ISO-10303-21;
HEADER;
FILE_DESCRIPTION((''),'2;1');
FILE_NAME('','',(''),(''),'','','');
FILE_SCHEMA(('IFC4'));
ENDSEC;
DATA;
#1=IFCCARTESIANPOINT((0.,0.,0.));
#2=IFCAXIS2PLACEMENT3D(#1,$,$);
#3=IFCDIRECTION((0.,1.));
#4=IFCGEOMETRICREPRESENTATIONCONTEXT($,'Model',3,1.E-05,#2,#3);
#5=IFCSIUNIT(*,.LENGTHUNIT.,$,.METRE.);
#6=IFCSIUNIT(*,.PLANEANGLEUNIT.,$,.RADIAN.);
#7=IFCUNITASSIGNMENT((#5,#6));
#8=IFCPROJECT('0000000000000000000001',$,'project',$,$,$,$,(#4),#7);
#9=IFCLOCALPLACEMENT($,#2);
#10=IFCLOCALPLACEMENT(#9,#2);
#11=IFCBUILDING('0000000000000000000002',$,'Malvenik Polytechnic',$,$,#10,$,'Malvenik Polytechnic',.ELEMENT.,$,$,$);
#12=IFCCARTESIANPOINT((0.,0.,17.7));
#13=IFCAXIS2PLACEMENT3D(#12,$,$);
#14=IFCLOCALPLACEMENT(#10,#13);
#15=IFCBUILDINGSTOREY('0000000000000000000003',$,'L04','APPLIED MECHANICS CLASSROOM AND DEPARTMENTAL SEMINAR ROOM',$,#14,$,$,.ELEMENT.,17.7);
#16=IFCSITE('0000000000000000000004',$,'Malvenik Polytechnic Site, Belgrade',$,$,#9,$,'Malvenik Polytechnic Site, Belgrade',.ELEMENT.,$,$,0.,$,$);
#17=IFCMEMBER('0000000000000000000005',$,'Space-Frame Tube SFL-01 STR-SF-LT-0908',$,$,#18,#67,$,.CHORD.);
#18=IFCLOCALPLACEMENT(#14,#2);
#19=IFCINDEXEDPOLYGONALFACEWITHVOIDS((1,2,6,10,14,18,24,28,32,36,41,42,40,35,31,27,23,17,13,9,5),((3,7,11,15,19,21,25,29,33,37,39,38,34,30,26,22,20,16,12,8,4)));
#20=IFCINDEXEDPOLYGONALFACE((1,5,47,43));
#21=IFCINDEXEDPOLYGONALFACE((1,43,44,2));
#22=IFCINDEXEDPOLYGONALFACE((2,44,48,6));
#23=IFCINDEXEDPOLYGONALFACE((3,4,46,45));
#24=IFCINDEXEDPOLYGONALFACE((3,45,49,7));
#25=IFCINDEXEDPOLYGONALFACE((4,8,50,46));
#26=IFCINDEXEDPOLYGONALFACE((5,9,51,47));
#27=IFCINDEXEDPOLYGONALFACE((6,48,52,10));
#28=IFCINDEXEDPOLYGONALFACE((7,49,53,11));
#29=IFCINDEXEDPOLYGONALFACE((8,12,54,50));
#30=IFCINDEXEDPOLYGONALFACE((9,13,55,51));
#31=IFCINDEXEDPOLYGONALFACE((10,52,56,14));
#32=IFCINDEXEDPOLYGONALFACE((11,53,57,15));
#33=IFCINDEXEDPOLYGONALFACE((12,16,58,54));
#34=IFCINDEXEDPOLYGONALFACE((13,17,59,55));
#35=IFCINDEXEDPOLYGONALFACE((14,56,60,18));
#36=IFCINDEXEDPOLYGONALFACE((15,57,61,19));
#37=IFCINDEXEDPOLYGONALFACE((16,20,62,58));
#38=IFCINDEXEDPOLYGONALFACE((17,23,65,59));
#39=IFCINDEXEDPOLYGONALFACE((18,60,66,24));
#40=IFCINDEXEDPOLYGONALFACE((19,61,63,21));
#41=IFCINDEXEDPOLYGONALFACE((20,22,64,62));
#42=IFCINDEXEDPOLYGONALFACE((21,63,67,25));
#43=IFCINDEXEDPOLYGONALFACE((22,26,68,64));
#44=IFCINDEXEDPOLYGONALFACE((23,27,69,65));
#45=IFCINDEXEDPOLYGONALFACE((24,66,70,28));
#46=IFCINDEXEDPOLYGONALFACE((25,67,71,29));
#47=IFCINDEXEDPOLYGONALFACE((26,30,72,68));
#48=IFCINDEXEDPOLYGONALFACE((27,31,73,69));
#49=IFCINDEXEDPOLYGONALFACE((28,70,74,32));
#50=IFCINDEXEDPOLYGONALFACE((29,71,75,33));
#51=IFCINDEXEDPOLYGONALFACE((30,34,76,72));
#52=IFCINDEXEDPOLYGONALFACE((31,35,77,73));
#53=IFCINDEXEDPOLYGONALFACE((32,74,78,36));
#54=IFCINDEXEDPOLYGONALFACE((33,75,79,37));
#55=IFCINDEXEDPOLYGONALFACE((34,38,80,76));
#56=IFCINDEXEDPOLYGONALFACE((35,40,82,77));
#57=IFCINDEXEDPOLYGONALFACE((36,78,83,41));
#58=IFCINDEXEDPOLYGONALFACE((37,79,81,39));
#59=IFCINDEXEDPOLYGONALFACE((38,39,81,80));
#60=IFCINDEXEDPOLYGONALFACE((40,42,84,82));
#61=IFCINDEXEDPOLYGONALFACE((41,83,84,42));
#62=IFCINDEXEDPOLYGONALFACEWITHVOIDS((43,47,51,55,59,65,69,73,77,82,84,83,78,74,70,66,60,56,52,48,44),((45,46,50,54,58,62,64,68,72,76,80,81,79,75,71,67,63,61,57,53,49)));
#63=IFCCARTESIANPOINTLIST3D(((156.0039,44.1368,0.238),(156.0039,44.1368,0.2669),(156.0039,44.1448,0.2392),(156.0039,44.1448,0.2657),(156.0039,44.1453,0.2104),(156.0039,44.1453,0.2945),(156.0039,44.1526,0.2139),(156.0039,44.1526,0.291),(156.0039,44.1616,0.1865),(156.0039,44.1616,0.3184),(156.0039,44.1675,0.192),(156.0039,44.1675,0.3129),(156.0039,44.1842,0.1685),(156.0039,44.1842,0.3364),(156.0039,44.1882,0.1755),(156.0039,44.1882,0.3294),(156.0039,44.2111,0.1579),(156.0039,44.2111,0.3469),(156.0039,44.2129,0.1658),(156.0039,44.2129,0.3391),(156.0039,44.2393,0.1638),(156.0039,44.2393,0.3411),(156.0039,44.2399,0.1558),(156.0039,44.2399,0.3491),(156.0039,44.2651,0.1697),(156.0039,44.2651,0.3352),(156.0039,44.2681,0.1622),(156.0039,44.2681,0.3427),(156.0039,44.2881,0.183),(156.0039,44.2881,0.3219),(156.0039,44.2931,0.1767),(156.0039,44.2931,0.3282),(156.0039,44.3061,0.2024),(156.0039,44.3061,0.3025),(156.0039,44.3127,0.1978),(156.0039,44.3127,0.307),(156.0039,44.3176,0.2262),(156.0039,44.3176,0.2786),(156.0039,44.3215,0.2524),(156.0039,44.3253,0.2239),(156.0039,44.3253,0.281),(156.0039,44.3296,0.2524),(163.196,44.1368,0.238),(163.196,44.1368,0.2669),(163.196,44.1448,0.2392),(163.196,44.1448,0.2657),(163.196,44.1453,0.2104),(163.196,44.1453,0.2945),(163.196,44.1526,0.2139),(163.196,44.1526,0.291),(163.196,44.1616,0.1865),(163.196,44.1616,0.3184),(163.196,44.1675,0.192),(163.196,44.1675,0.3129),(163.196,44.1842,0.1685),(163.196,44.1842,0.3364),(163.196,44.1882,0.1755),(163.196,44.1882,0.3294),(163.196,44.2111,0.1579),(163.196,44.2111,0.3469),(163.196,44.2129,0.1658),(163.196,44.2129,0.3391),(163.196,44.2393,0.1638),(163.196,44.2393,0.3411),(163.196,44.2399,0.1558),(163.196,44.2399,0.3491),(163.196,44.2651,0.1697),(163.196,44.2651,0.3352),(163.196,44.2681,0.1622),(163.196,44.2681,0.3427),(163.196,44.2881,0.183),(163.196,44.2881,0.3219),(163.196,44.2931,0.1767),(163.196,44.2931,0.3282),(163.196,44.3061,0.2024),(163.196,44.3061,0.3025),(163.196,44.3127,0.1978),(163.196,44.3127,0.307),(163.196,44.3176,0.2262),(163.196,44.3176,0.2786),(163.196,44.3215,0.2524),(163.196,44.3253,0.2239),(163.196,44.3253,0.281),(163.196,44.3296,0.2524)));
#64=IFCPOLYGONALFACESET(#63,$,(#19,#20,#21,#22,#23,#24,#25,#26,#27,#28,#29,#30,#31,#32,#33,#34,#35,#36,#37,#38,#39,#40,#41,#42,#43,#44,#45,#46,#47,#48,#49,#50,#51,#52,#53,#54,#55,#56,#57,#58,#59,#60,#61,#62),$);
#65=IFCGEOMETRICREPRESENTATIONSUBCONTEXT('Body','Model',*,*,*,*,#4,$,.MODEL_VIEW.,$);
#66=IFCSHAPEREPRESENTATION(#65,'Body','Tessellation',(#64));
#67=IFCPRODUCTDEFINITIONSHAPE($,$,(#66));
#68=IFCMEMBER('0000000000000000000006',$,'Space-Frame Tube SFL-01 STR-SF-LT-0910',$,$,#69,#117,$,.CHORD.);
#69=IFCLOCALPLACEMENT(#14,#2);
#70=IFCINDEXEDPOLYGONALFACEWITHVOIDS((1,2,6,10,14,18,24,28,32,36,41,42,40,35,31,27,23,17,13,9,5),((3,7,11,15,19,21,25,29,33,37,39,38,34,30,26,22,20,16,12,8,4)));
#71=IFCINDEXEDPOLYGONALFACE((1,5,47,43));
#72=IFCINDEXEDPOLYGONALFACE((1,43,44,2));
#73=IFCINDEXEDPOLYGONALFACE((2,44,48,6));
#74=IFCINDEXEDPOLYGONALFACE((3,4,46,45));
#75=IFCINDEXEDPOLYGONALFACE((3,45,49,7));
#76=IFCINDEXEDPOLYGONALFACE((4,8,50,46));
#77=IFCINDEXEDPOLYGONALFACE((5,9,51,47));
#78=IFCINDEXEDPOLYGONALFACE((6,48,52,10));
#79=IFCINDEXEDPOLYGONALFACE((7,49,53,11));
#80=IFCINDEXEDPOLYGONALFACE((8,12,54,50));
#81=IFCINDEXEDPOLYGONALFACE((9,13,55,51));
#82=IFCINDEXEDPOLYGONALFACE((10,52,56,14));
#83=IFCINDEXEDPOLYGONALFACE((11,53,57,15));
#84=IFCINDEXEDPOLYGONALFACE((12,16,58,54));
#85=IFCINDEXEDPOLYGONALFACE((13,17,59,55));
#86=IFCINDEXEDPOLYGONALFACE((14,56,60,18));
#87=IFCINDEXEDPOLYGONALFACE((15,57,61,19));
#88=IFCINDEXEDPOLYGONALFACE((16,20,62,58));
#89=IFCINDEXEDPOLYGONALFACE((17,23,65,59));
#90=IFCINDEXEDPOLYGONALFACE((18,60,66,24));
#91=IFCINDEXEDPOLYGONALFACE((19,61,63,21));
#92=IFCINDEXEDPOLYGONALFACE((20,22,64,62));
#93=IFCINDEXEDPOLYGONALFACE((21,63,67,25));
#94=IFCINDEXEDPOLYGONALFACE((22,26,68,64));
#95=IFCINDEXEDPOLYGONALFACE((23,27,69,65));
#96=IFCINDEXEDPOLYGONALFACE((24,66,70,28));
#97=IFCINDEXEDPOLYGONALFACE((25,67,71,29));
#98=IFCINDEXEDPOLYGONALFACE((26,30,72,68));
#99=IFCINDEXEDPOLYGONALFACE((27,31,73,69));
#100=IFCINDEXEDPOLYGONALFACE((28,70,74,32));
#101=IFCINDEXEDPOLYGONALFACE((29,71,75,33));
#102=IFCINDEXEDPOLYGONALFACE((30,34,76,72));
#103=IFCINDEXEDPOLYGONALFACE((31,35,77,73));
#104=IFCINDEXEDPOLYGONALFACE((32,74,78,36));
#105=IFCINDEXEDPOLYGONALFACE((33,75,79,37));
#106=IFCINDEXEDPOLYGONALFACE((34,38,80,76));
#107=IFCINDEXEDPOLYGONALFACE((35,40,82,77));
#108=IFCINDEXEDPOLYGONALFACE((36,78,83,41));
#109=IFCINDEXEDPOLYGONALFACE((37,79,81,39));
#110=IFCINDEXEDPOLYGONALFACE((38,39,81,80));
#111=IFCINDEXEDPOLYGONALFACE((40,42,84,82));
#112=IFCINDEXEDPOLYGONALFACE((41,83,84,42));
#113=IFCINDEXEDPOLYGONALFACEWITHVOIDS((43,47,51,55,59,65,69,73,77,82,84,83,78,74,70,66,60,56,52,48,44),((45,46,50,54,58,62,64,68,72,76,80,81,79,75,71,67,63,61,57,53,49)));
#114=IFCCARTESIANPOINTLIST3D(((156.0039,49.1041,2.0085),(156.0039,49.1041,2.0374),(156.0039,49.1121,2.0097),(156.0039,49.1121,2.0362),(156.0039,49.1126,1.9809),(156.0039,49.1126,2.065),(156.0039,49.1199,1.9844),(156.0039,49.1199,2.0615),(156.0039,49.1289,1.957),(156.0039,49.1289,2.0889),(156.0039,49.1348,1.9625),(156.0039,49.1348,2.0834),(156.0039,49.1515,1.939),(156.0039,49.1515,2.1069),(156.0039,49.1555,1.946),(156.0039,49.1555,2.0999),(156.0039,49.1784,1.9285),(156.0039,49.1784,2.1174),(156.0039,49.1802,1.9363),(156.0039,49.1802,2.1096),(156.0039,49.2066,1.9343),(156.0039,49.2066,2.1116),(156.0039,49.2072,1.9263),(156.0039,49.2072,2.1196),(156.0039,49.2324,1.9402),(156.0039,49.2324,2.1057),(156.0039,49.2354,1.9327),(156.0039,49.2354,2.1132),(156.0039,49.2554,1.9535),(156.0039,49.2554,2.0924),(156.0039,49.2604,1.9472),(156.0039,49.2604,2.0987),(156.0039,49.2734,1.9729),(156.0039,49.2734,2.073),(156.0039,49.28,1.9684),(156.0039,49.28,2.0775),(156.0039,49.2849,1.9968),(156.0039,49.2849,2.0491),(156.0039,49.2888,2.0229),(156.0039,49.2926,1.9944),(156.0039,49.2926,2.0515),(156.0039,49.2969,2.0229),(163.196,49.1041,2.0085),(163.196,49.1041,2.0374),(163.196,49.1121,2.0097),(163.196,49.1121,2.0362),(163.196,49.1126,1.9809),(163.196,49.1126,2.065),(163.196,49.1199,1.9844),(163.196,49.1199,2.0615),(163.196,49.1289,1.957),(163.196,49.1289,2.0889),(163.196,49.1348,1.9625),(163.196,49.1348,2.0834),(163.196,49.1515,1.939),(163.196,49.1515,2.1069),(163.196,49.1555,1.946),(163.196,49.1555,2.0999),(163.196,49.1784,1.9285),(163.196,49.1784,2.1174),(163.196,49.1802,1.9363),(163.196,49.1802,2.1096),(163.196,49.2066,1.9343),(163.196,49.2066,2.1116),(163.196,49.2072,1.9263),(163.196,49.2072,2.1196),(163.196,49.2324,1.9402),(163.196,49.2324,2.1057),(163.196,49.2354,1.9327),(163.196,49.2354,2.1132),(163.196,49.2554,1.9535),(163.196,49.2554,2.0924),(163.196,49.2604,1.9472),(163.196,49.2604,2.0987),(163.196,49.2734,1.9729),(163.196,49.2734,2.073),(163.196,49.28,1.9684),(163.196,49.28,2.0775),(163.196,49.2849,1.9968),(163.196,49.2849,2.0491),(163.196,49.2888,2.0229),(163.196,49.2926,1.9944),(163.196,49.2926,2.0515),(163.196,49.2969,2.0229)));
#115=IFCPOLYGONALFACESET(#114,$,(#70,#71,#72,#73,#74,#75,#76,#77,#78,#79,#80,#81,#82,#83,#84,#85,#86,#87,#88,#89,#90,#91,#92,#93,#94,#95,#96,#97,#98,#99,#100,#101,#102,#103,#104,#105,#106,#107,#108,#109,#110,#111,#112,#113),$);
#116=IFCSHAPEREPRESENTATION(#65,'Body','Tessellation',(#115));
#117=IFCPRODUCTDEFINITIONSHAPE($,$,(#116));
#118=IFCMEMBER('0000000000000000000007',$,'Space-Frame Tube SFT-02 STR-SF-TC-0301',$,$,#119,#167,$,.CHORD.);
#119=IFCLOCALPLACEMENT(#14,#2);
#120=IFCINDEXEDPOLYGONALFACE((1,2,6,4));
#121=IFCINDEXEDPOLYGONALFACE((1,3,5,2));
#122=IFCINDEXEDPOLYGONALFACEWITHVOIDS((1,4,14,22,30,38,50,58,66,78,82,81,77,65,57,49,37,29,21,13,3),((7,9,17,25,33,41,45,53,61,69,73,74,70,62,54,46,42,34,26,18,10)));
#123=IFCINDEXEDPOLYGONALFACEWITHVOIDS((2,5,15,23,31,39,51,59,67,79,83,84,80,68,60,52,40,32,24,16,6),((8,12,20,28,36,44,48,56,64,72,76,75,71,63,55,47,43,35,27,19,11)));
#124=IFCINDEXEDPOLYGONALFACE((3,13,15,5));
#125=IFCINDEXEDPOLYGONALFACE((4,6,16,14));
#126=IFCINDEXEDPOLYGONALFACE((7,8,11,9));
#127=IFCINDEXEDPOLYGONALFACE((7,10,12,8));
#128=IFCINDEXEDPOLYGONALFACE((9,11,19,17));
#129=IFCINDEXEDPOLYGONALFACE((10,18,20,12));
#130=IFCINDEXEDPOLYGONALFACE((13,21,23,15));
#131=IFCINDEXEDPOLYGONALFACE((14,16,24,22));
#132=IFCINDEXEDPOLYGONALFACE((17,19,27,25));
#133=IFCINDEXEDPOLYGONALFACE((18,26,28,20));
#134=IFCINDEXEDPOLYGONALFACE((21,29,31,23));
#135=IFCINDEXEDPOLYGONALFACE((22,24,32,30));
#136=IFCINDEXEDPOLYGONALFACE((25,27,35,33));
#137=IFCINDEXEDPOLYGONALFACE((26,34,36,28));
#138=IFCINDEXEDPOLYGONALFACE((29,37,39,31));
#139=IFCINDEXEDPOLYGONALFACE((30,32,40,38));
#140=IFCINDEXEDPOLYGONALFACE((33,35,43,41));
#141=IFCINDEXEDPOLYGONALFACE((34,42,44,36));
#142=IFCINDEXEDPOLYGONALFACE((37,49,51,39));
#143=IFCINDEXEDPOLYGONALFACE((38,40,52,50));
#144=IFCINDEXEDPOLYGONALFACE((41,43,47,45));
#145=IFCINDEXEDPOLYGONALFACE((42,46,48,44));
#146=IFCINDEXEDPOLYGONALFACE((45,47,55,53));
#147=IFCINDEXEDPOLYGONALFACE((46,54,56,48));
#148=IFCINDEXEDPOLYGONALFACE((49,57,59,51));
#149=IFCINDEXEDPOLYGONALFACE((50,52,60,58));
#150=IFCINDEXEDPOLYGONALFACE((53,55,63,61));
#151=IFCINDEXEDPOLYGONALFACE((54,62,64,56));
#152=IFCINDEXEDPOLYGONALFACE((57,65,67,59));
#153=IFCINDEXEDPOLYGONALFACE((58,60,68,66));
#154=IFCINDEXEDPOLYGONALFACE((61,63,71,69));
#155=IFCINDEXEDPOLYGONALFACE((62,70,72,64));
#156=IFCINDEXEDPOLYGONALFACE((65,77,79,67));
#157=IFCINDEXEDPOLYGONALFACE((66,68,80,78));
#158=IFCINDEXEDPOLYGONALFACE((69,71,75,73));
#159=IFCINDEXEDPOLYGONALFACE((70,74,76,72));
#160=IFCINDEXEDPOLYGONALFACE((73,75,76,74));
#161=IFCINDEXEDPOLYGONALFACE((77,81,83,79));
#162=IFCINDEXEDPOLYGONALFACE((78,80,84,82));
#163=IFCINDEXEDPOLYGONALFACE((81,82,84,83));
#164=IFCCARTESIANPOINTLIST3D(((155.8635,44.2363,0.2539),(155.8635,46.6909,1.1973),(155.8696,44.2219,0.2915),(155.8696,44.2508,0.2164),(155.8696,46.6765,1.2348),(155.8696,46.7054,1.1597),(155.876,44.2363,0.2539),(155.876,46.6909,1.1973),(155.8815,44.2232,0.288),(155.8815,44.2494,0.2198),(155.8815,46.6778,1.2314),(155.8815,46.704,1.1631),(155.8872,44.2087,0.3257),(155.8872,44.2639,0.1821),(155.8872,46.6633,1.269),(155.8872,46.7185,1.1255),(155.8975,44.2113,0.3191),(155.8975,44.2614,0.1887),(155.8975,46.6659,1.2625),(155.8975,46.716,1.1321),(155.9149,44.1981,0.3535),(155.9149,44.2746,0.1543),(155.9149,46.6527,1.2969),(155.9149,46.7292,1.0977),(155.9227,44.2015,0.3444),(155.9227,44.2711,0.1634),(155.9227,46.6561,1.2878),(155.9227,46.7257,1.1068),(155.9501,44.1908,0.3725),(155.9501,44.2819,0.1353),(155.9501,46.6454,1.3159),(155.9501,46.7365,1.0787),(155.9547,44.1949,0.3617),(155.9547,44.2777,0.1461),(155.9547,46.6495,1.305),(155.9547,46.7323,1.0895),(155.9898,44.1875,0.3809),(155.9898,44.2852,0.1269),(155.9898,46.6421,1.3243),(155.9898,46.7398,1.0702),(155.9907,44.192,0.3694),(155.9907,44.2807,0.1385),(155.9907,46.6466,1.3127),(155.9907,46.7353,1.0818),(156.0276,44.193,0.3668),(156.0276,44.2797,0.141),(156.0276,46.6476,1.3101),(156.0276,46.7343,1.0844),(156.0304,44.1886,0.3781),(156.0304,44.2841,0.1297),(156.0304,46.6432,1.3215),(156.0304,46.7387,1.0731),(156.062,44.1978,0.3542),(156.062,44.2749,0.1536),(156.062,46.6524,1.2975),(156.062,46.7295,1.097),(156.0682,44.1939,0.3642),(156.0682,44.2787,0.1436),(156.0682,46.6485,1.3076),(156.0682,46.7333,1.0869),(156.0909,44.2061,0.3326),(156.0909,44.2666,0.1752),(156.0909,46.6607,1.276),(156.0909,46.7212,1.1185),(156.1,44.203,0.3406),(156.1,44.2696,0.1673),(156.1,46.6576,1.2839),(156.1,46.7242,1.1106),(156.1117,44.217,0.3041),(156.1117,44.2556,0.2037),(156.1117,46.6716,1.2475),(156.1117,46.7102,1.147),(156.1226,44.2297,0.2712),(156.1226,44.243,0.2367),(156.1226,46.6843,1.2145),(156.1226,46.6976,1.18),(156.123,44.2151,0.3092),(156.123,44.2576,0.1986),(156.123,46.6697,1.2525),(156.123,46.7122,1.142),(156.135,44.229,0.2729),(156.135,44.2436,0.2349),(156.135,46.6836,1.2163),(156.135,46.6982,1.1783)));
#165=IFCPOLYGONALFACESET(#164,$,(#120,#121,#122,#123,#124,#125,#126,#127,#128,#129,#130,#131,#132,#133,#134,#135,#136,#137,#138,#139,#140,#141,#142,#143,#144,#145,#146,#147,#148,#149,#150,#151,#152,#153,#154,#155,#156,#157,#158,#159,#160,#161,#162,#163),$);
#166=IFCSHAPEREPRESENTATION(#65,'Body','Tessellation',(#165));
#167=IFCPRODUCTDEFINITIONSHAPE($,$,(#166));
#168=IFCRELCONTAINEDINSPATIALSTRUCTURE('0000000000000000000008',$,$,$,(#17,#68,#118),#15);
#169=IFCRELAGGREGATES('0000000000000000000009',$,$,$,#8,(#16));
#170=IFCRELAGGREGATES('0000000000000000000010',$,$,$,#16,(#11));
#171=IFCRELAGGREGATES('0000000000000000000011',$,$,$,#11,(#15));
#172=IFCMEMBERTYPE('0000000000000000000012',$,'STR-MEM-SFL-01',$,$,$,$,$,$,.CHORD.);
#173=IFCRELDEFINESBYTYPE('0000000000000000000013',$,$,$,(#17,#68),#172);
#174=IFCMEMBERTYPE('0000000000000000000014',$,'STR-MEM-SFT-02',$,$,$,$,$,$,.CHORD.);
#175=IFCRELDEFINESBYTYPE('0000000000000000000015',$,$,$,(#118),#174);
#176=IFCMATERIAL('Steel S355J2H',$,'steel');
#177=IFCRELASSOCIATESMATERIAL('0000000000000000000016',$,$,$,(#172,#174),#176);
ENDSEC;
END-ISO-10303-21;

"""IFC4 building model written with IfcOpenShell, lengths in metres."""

from ifc_helpers import new_model, si_unit, direction, frame, origin, origin_2d, place, context, subcontext, project, spatial, hollow_circle, extrude, material, material_profile, profile_set, type_object, element, save


model = new_model("IFC4")

# Units and contexts
model_context = context("Model", 3, precision=1e-05, world=origin(), true_north=direction((0.0, 1.0)))
body_context = subcontext(model_context, "Body", "Model", "MODEL_VIEW")
ifc_project = project(units=[si_unit("LENGTHUNIT", "METRE"), si_unit("PLANEANGLEUNIT", "RADIAN")], contexts=[model_context])

# Site, building, storey
site_placement = place(None, origin())
site = spatial("IfcSite", under=ifc_project, at=site_placement, Name="Malvenik Polytechnic Site, Belgrade", LongName="Malvenik Polytechnic Site, Belgrade", CompositionType="ELEMENT", RefElevation=0.0)
building_placement = place(site_placement, origin())
building = spatial("IfcBuilding", under=site, at=building_placement, Name="Malvenik Polytechnic", LongName="Malvenik Polytechnic", CompositionType="ELEMENT")
storey_placement = place(building_placement, frame((0.0, 0.0, 17.7)))
storey = spatial("IfcBuildingStorey", under=building, at=storey_placement, Name="L04", Description="APPLIED MECHANICS CLASSROOM AND DEPARTMENTAL SEMINAR ROOM", CompositionType="ELEMENT", Elevation=17.7)

# Members
ifc_material = material(Name="Steel S355J2H", Category="steel")
ifc_material_profile_1 = material_profile(ifc_material, hollow_circle(Radius=0.0969, WallThickness=0.0081, at=origin_2d()), Name="CHS 193.7x8.0")
ifc_profile_set_1 = profile_set([ifc_material_profile_1], Name="Steel S355J2H")
member_type_1 = type_object("IfcMemberType", Name="STR-MEM-SFL-01", PredefinedType="CHORD", material=ifc_profile_set_1)
for number, where, z_axis, x_axis, name in (
    (1, (156.0039, 44.2327, 0.2524), (1.0, 0.0, 0.0), (0.0, 1.0, 0.0), "Space-Frame Tube SFL-01 STR-SF-LT-0908"),
    (2, (156.0039, 49.2, 2.0229), (1.0, 0.0, 0.0), (0.0, 1.0, 0.0), "Space-Frame Tube SFL-01 STR-SF-LT-0910"),
):
    element("IfcMember", number, at=place(storey_placement, frame(where, z_axis=z_axis, x_axis=x_axis)), inside=storey, type_object=member_type_1, Name=name, PredefinedType="CHORD", context=body_context, shape_type="SweptSolid", body=[
        extrude(hollow_circle(Radius=0.0969, WallThickness=0.0081, at=origin_2d()), origin(), (0.0, 0.0, 1.0), 7.1921),
    ])
ifc_material_profile_2 = material_profile(ifc_material, hollow_circle(Radius=0.1365, WallThickness=0.0125, at=origin_2d()), Name="CHS 273.0x12.5")
ifc_profile_set_2 = profile_set([ifc_material_profile_2], Name="Steel S355J2H")
member_type_2 = type_object("IfcMemberType", Name="STR-MEM-SFT-02", PredefinedType="CHORD", material=ifc_profile_set_2)
member_1_placement = place(storey_placement, frame((156.0, 44.2363, 0.2539), z_axis=(0.0, 0.933437, 0.358743), x_axis=(-1.0, 0.0, 0.0)))
element("IfcMember", 3, at=member_1_placement, inside=storey, type_object=member_type_2, Name="Space-Frame Tube SFT-02 STR-SF-TC-0301", PredefinedType="CHORD", context=body_context, shape_type="SweptSolid", body=[
    extrude(hollow_circle(Radius=0.1365, WallThickness=0.0125, at=origin_2d()), origin(), (0.0, 0.0, 1.0), 2.6296),
])

save(model, "model.ifc")
